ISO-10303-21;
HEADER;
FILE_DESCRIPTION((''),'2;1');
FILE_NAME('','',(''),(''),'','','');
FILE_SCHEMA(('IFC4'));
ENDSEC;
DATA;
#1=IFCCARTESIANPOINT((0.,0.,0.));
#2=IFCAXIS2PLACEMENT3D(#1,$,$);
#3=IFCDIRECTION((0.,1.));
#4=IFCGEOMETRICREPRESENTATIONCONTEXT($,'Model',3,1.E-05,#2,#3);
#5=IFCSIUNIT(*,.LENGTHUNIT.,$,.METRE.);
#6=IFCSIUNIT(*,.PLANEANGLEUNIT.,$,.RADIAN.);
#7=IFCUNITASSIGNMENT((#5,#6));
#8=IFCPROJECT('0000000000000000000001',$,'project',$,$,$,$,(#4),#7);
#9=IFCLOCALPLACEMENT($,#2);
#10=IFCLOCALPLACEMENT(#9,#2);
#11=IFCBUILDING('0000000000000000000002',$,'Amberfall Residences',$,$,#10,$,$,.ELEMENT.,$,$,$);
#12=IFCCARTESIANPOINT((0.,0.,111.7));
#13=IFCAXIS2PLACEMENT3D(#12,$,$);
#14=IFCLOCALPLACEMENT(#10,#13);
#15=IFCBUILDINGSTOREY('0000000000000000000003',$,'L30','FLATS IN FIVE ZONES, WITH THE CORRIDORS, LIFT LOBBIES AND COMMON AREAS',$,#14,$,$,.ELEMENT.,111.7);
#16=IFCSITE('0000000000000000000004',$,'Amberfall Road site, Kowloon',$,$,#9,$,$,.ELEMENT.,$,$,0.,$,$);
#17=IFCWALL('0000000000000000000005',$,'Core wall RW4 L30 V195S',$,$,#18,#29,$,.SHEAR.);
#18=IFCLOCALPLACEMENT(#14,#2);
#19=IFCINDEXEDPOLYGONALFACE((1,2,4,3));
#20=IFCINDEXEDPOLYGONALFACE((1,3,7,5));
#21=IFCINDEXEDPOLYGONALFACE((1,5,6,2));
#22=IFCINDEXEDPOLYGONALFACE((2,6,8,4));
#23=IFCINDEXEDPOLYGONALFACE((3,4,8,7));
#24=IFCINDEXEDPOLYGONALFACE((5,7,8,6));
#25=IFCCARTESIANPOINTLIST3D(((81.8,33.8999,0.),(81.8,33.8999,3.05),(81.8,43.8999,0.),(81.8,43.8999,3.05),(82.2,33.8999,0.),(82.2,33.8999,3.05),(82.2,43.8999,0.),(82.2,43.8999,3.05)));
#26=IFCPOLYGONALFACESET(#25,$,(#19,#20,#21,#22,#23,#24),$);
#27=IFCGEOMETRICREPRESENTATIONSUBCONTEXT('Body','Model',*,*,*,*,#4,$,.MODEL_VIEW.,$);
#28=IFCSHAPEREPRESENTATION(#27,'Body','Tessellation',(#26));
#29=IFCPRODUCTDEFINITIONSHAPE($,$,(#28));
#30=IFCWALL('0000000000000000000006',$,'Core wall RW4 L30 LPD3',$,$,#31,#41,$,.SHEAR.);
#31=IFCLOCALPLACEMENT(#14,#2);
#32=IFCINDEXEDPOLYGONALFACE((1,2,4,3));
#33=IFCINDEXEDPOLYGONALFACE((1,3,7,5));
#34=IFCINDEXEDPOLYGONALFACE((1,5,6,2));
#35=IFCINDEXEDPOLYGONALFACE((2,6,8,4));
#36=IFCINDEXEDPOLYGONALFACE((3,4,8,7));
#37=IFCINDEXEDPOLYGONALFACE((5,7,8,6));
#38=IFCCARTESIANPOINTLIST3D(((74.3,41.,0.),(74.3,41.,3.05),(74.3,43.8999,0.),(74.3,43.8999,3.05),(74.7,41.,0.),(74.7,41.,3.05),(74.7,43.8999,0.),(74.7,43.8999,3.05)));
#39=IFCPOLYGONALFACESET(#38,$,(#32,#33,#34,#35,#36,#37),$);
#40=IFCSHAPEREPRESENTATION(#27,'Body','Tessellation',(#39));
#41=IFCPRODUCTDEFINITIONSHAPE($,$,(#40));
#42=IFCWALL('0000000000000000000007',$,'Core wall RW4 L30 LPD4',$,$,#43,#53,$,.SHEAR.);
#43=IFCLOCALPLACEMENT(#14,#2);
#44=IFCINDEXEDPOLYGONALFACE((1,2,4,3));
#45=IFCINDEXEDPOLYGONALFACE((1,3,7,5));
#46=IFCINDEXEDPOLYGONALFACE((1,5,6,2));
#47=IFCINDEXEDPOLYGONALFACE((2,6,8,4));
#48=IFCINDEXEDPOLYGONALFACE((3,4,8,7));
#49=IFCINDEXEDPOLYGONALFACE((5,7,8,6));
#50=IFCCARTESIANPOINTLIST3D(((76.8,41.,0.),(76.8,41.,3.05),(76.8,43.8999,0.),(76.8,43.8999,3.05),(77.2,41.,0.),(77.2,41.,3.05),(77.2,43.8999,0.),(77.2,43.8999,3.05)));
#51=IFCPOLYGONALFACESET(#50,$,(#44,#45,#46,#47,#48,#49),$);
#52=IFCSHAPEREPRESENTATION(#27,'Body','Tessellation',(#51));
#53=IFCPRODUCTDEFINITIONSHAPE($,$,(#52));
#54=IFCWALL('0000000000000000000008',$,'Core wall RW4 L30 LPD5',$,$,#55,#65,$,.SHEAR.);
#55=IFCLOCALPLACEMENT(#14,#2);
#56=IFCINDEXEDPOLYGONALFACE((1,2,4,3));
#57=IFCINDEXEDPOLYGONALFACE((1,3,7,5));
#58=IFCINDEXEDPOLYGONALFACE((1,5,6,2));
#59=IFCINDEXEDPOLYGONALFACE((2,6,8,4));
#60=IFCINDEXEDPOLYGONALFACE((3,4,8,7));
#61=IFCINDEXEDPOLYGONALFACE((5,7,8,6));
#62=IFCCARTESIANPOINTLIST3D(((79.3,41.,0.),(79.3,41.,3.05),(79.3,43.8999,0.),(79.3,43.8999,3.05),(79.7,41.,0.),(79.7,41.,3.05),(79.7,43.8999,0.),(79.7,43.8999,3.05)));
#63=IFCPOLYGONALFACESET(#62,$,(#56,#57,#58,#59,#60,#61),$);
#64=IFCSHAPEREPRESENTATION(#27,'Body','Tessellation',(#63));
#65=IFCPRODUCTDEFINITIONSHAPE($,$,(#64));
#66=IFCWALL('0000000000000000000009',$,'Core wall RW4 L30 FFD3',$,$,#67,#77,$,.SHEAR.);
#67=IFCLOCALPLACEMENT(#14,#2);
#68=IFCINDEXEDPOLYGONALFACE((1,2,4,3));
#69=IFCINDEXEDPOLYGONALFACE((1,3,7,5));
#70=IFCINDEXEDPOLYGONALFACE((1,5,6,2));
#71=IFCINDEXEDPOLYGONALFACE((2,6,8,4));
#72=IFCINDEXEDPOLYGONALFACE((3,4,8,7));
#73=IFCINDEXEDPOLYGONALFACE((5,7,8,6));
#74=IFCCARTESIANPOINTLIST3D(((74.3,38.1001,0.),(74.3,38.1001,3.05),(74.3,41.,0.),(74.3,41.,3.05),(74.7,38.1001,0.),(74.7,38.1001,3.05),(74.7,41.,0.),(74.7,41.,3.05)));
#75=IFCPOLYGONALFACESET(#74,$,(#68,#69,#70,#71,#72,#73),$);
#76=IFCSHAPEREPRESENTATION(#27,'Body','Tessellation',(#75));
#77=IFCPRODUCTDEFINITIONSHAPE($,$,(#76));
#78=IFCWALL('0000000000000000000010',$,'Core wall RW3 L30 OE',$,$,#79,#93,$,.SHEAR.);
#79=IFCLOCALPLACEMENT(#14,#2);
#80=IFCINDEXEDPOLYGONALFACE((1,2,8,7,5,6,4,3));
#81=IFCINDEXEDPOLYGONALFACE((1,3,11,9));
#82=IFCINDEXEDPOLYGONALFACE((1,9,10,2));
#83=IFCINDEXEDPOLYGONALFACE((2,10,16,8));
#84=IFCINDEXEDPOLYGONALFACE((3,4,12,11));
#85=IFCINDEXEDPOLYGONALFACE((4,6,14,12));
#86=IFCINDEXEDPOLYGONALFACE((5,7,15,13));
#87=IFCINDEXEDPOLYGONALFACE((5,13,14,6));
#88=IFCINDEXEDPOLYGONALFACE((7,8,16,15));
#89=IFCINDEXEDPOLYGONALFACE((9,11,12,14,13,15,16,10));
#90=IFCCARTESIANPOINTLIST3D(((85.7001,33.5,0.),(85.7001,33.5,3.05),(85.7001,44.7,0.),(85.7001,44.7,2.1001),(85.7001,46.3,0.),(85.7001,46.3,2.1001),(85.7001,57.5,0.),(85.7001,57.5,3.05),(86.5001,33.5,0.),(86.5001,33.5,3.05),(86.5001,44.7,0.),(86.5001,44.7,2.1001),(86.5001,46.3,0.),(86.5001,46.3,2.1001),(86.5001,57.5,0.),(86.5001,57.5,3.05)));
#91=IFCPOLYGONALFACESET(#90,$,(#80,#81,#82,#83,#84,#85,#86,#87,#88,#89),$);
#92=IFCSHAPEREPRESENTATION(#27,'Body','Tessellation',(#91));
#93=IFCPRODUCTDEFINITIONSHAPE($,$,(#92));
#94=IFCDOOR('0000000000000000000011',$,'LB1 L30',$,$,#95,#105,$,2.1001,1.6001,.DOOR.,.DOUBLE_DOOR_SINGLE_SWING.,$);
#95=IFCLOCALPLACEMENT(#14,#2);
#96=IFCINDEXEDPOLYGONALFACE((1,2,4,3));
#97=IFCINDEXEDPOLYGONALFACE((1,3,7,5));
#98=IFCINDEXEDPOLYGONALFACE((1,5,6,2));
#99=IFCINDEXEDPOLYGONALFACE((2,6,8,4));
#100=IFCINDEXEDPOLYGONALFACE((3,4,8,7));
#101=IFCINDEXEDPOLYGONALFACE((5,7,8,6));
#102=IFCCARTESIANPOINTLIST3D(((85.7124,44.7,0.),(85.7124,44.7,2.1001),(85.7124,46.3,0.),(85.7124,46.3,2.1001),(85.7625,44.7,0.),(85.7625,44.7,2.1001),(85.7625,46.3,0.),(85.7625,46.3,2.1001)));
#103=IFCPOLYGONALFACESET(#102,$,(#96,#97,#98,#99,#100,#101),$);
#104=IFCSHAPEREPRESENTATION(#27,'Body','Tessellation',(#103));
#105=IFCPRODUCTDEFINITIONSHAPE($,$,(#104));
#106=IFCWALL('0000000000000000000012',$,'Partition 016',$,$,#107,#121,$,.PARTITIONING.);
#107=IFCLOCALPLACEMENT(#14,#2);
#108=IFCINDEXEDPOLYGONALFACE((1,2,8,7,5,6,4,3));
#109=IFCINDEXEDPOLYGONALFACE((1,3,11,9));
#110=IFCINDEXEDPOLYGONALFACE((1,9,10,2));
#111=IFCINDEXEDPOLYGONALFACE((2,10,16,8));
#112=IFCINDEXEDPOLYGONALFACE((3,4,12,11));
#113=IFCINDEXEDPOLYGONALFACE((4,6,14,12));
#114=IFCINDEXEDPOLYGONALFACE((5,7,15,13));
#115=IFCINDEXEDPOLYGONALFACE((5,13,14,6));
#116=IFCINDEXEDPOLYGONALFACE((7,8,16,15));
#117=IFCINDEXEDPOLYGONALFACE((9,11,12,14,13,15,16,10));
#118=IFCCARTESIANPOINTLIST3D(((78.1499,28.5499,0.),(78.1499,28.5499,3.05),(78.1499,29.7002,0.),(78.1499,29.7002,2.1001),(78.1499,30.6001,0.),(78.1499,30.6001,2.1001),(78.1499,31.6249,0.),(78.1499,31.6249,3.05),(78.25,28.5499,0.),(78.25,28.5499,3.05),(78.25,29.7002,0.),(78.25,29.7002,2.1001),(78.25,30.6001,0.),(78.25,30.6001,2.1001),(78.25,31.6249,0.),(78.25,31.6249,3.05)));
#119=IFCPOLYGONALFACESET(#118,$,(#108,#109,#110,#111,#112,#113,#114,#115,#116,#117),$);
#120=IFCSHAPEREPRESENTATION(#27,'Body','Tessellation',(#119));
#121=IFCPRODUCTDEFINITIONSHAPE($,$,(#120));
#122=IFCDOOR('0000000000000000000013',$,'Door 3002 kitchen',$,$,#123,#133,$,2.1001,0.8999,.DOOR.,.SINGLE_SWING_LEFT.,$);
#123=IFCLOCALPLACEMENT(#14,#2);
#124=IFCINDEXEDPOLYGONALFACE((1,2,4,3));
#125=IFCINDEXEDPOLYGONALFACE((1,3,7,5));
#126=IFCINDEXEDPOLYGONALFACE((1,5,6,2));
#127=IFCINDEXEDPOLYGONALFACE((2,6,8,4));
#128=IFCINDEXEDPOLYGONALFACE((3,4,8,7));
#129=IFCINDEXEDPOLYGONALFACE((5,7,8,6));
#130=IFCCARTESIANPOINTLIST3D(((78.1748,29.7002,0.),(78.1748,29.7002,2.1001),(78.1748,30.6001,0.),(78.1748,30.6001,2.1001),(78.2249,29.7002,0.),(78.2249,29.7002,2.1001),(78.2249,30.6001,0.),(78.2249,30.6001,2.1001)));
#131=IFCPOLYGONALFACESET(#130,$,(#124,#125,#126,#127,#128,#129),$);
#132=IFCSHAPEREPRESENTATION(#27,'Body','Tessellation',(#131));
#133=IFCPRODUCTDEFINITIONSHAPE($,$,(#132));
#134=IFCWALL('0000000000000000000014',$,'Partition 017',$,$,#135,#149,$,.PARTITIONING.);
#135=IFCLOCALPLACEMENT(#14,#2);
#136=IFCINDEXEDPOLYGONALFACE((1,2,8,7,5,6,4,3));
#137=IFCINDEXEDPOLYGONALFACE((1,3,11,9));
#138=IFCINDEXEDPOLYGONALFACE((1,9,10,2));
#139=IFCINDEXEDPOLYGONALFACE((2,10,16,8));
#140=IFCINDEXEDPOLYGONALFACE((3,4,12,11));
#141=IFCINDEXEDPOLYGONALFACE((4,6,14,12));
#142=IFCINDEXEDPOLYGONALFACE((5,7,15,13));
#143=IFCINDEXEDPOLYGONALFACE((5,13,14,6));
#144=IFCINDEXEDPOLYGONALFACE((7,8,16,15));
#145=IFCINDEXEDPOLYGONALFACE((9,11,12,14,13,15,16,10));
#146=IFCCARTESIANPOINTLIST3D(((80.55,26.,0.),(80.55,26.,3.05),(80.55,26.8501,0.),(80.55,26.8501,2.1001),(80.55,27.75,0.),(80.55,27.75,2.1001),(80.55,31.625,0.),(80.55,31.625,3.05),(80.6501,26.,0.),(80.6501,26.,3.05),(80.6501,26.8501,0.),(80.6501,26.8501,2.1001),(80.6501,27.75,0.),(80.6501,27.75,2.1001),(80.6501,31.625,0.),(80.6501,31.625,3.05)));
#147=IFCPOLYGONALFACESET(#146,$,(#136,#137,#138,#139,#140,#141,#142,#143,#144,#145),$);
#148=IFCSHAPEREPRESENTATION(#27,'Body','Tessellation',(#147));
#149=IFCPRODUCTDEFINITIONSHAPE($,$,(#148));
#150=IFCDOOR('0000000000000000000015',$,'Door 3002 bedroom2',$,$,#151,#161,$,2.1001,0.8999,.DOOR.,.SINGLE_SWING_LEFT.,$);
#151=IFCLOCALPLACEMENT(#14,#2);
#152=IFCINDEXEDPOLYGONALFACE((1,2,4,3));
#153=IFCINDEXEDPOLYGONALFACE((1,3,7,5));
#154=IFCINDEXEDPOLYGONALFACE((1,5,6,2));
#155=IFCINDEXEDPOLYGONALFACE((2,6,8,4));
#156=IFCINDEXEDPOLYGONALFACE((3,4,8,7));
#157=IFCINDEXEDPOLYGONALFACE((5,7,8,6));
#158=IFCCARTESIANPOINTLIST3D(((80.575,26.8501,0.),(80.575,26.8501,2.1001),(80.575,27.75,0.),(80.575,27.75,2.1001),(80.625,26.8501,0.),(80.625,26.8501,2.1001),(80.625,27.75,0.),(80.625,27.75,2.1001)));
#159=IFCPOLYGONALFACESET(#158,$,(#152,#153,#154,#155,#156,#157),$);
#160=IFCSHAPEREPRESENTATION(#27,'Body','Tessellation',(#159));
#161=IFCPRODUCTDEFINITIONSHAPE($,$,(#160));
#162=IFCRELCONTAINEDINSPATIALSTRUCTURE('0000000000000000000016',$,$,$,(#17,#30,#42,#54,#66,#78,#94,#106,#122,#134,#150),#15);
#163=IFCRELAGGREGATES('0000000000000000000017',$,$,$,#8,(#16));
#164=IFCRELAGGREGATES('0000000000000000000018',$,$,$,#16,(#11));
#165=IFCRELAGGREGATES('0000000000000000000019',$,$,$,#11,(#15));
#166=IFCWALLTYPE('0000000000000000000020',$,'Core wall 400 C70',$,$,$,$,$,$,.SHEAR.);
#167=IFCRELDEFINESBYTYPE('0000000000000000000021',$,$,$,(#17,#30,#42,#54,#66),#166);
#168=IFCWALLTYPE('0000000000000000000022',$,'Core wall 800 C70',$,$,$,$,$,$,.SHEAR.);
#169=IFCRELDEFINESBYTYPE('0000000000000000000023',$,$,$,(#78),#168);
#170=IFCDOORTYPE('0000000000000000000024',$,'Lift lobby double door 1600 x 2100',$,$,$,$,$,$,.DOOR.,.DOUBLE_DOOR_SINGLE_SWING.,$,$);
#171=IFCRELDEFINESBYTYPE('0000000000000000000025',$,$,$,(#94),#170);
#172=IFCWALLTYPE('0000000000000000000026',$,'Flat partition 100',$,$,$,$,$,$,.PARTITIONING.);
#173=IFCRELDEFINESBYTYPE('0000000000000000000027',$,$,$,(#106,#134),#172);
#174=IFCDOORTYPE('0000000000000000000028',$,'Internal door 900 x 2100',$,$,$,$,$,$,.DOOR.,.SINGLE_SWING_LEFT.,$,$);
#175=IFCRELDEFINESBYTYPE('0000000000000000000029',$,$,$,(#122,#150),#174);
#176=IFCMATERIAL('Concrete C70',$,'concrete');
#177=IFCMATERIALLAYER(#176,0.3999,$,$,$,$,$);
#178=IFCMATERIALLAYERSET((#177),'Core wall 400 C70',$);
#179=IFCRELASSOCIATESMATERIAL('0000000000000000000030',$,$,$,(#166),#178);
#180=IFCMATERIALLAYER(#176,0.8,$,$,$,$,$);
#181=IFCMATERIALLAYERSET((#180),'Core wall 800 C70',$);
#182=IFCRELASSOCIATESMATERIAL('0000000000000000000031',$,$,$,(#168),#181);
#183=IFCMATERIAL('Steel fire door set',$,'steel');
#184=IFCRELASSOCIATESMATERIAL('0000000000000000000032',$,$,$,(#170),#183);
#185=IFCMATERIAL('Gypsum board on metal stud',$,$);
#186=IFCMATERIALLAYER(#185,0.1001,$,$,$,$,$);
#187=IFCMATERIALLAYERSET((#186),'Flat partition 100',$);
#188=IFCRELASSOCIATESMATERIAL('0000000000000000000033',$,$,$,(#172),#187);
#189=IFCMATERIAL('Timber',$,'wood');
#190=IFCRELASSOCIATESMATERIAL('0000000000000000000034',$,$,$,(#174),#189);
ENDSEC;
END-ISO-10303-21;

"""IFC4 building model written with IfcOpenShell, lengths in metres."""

from ifc_helpers import new_model, si_unit, direction, frame, frame_2d, origin, place, context, subcontext, project, spatial, rectangle, extrude, material, layer, layer_set, type_object, element, fill, save


model = new_model("IFC4")

# Units and contexts
model_context = context("Model", 3, precision=1e-05, world=origin(), true_north=direction((0.0, 1.0)))
body_context = subcontext(model_context, "Body", "Model", "MODEL_VIEW")
ifc_project = project(units=[si_unit("LENGTHUNIT", "METRE"), si_unit("PLANEANGLEUNIT", "RADIAN")], contexts=[model_context])

# Site, building, storey
site_placement = place(None, origin())
site = spatial("IfcSite", under=ifc_project, at=site_placement, Name="Amberfall Road site, Kowloon", CompositionType="ELEMENT", RefElevation=0.0)
building_placement = place(site_placement, origin())
building = spatial("IfcBuilding", under=site, at=building_placement, Name="Amberfall Residences", CompositionType="ELEMENT")
storey_placement = place(building_placement, frame((0.0, 0.0, 111.7)))
storey = spatial("IfcBuildingStorey", under=building, at=storey_placement, Name="L30", Description="FLATS IN FIVE ZONES, WITH THE CORRIDORS, LIFT LOBBIES AND COMMON AREAS", CompositionType="ELEMENT", Elevation=111.7)

# Walls
ifc_material_1 = material(Name="Concrete C70", Category="concrete")
ifc_layer_1 = layer(ifc_material_1, 0.3999)
ifc_layer_set_1 = layer_set([ifc_layer_1], Name="Core wall 400 C70")
wall_type_1 = type_object("IfcWallType", Name="Core wall 400 C70", PredefinedType="SHEAR", material=ifc_layer_set_1)
wall_1_placement = place(storey_placement, frame((82.0, 33.8999, 0.0), z_axis=(0.0, 0.0, 1.0), x_axis=(0.0, 1.0, 0.0)))
element("IfcWall", 1, at=wall_1_placement, inside=storey, type_object=wall_type_1, Name="Core wall RW4 L30 V195S", PredefinedType="SHEAR", context=body_context, shape_type="SweptSolid", body=[
    extrude(rectangle(XDim=10.0, YDim=0.3999, at=frame_2d((5.0, 0.0))), origin(), (0.0, 0.0, 1.0), 3.05),
])
for number, where, z_axis, x_axis, name in (
    (2, (74.5, 41.0, 0.0), (0.0, 0.0, 1.0), (0.0, 1.0, 0.0), "Core wall RW4 L30 LPD3"),
    (3, (77.0, 41.0, 0.0), (0.0, 0.0, 1.0), (0.0, 1.0, 0.0), "Core wall RW4 L30 LPD4"),
    (4, (79.5, 41.0, 0.0), (0.0, 0.0, 1.0), (0.0, 1.0, 0.0), "Core wall RW4 L30 LPD5"),
    (5, (74.5, 38.1001, 0.0), (0.0, 0.0, 1.0), (0.0, 1.0, 0.0), "Core wall RW4 L30 FFD3"),
):
    element("IfcWall", number, at=place(storey_placement, frame(where, z_axis=z_axis, x_axis=x_axis)), inside=storey, type_object=wall_type_1, Name=name, PredefinedType="SHEAR", context=body_context, shape_type="SweptSolid", body=[
        extrude(rectangle(XDim=2.8999, YDim=0.3999, at=frame_2d((1.45, 0.0))), origin(), (0.0, 0.0, 1.0), 3.05),
    ])

# Walls, openings, doors
ifc_layer_2 = layer(ifc_material_1, 0.8)
ifc_layer_set_2 = layer_set([ifc_layer_2], Name="Core wall 800 C70")
wall_type_2 = type_object("IfcWallType", Name="Core wall 800 C70", PredefinedType="SHEAR", material=ifc_layer_set_2)
wall_2_placement = place(storey_placement, frame((86.1001, 33.5, 0.0), z_axis=(0.0, 0.0, 1.0), x_axis=(0.0, 1.0, 0.0)))
wall_2 = element("IfcWall", 6, at=wall_2_placement, inside=storey, type_object=wall_type_2, Name="Core wall RW3 L30 OE", PredefinedType="SHEAR", context=body_context, shape_type="SweptSolid", body=[
    extrude(rectangle(XDim=24.0, YDim=0.8, at=frame_2d((12.0, 0.0))), origin(), (0.0, 0.0, 1.0), 3.05),
])
opening_1_placement = place(wall_2_placement, frame((11.2, 0.0, 0.0)))
opening_1 = element("IfcOpeningElement", 7, at=opening_1_placement, cuts=wall_2, PredefinedType="OPENING", context=body_context, shape_type="SweptSolid", body=[
    extrude(rectangle(XDim=1.6001, YDim=2.1001, at=frame_2d((0.8, 1.05))), frame((0.0, 0.4099, 0.0), z_axis=(0.0, -1.0, 0.0), x_axis=(1.0, 0.0, 0.0)), (0.0, 0.0, 1.0), 0.8201),
])
ifc_material_2 = material(Name="Steel fire door set", Category="steel")
door_type_1 = type_object("IfcDoorType", Name="Lift lobby double door 1600 x 2100", OperationType="DOUBLE_DOOR_SINGLE_SWING", PredefinedType="DOOR", material=ifc_material_2)
door_1_placement = place(opening_1_placement, origin())
door_1 = element("IfcDoor", 8, at=door_1_placement, inside=storey, type_object=door_type_1, Name="LB1 L30", OperationType="DOUBLE_DOOR_SINGLE_SWING", OverallHeight=2.1001, OverallWidth=1.6001, PredefinedType="DOOR", context=body_context, shape_type="SweptSolid", body=[
    extrude(rectangle(XDim=1.6001, YDim=2.1001, at=frame_2d((0.8, 1.05))), frame((0.0, 0.3877, 0.0), z_axis=(0.0, -1.0, 0.0), x_axis=(1.0, 0.0, 0.0)), (0.0, 0.0, 1.0), 0.05),
])
fill(opening_1, door_1)
ifc_material_3 = material(Name="Gypsum board on metal stud")
ifc_layer_3 = layer(ifc_material_3, 0.1001)
ifc_layer_set_3 = layer_set([ifc_layer_3], Name="Flat partition 100")
wall_type_3 = type_object("IfcWallType", Name="Flat partition 100", PredefinedType="PARTITIONING", material=ifc_layer_set_3)
wall_3_placement = place(storey_placement, frame((78.2, 31.625, 0.0), z_axis=(0.0, 0.0, 1.0), x_axis=(0.0, -1.0, 0.0)))
wall_3 = element("IfcWall", 9, at=wall_3_placement, inside=storey, type_object=wall_type_3, Name="Partition 016", PredefinedType="PARTITIONING", context=body_context, shape_type="SweptSolid", body=[
    extrude(rectangle(XDim=3.075, YDim=0.1001, at=frame_2d((1.5376, 0.0))), origin(), (0.0, 0.0, 1.0), 3.05),
])
opening_2_placement = place(wall_3_placement, frame((1.0249, 0.0, 0.0)))
opening_2 = element("IfcOpeningElement", 10, at=opening_2_placement, cuts=wall_3, PredefinedType="OPENING", context=body_context, shape_type="SweptSolid", body=[
    extrude(rectangle(XDim=0.8999, YDim=2.1001, at=frame_2d((0.45, 1.05))), frame((0.0, 0.0601, 0.0), z_axis=(0.0, -1.0, 0.0), x_axis=(1.0, 0.0, 0.0)), (0.0, 0.0, 1.0), 0.1201),
])
ifc_material_4 = material(Name="Timber", Category="wood")
door_type_2 = type_object("IfcDoorType", Name="Internal door 900 x 2100", OperationType="SINGLE_SWING_LEFT", PredefinedType="DOOR", material=ifc_material_4)
door_2_placement = place(opening_2_placement, origin())
door_2 = element("IfcDoor", 11, at=door_2_placement, inside=storey, type_object=door_type_2, Name="Door 3002 kitchen", OperationType="SINGLE_SWING_LEFT", OverallHeight=2.1001, OverallWidth=0.8999, PredefinedType="DOOR", context=body_context, shape_type="SweptSolid", body=[
    extrude(rectangle(XDim=0.8999, YDim=2.1001, at=frame_2d((0.45, 1.05))), frame((0.0, 0.0249, 0.0), z_axis=(0.0, -1.0, 0.0), x_axis=(1.0, 0.0, 0.0)), (0.0, 0.0, 1.0), 0.05),
])
fill(opening_2, door_2)
wall_4_placement = place(storey_placement, frame((80.6001, 31.625, 0.0), z_axis=(0.0, 0.0, 1.0), x_axis=(0.0, -1.0, 0.0)))
wall_4 = element("IfcWall", 12, at=wall_4_placement, inside=storey, type_object=wall_type_3, Name="Partition 017", PredefinedType="PARTITIONING", context=body_context, shape_type="SweptSolid", body=[
    extrude(rectangle(XDim=5.625, YDim=0.1001, at=frame_2d((2.8125, 0.0))), origin(), (0.0, 0.0, 1.0), 3.05),
])
opening_3_placement = place(wall_4_placement, frame((3.875, 0.0, 0.0)))
opening_3 = element("IfcOpeningElement", 13, at=opening_3_placement, cuts=wall_4, PredefinedType="OPENING", context=body_context, shape_type="SweptSolid", body=[
    extrude(rectangle(XDim=0.8999, YDim=2.1001, at=frame_2d((0.45, 1.05))), frame((0.0, 0.0601, 0.0), z_axis=(0.0, -1.0, 0.0), x_axis=(1.0, 0.0, 0.0)), (0.0, 0.0, 1.0), 0.1201),
])
door_3_placement = place(opening_3_placement, origin())
door_3 = element("IfcDoor", 14, at=door_3_placement, inside=storey, type_object=door_type_2, Name="Door 3002 bedroom2", OperationType="SINGLE_SWING_LEFT", OverallHeight=2.1001, OverallWidth=0.8999, PredefinedType="DOOR", context=body_context, shape_type="SweptSolid", body=[
    extrude(rectangle(XDim=0.8999, YDim=2.1001, at=frame_2d((0.45, 1.05))), frame((0.0, 0.0249, 0.0), z_axis=(0.0, -1.0, 0.0), x_axis=(1.0, 0.0, 0.0)), (0.0, 0.0, 1.0), 0.05),
])
fill(opening_3, door_3)

save(model, "model.ifc")
